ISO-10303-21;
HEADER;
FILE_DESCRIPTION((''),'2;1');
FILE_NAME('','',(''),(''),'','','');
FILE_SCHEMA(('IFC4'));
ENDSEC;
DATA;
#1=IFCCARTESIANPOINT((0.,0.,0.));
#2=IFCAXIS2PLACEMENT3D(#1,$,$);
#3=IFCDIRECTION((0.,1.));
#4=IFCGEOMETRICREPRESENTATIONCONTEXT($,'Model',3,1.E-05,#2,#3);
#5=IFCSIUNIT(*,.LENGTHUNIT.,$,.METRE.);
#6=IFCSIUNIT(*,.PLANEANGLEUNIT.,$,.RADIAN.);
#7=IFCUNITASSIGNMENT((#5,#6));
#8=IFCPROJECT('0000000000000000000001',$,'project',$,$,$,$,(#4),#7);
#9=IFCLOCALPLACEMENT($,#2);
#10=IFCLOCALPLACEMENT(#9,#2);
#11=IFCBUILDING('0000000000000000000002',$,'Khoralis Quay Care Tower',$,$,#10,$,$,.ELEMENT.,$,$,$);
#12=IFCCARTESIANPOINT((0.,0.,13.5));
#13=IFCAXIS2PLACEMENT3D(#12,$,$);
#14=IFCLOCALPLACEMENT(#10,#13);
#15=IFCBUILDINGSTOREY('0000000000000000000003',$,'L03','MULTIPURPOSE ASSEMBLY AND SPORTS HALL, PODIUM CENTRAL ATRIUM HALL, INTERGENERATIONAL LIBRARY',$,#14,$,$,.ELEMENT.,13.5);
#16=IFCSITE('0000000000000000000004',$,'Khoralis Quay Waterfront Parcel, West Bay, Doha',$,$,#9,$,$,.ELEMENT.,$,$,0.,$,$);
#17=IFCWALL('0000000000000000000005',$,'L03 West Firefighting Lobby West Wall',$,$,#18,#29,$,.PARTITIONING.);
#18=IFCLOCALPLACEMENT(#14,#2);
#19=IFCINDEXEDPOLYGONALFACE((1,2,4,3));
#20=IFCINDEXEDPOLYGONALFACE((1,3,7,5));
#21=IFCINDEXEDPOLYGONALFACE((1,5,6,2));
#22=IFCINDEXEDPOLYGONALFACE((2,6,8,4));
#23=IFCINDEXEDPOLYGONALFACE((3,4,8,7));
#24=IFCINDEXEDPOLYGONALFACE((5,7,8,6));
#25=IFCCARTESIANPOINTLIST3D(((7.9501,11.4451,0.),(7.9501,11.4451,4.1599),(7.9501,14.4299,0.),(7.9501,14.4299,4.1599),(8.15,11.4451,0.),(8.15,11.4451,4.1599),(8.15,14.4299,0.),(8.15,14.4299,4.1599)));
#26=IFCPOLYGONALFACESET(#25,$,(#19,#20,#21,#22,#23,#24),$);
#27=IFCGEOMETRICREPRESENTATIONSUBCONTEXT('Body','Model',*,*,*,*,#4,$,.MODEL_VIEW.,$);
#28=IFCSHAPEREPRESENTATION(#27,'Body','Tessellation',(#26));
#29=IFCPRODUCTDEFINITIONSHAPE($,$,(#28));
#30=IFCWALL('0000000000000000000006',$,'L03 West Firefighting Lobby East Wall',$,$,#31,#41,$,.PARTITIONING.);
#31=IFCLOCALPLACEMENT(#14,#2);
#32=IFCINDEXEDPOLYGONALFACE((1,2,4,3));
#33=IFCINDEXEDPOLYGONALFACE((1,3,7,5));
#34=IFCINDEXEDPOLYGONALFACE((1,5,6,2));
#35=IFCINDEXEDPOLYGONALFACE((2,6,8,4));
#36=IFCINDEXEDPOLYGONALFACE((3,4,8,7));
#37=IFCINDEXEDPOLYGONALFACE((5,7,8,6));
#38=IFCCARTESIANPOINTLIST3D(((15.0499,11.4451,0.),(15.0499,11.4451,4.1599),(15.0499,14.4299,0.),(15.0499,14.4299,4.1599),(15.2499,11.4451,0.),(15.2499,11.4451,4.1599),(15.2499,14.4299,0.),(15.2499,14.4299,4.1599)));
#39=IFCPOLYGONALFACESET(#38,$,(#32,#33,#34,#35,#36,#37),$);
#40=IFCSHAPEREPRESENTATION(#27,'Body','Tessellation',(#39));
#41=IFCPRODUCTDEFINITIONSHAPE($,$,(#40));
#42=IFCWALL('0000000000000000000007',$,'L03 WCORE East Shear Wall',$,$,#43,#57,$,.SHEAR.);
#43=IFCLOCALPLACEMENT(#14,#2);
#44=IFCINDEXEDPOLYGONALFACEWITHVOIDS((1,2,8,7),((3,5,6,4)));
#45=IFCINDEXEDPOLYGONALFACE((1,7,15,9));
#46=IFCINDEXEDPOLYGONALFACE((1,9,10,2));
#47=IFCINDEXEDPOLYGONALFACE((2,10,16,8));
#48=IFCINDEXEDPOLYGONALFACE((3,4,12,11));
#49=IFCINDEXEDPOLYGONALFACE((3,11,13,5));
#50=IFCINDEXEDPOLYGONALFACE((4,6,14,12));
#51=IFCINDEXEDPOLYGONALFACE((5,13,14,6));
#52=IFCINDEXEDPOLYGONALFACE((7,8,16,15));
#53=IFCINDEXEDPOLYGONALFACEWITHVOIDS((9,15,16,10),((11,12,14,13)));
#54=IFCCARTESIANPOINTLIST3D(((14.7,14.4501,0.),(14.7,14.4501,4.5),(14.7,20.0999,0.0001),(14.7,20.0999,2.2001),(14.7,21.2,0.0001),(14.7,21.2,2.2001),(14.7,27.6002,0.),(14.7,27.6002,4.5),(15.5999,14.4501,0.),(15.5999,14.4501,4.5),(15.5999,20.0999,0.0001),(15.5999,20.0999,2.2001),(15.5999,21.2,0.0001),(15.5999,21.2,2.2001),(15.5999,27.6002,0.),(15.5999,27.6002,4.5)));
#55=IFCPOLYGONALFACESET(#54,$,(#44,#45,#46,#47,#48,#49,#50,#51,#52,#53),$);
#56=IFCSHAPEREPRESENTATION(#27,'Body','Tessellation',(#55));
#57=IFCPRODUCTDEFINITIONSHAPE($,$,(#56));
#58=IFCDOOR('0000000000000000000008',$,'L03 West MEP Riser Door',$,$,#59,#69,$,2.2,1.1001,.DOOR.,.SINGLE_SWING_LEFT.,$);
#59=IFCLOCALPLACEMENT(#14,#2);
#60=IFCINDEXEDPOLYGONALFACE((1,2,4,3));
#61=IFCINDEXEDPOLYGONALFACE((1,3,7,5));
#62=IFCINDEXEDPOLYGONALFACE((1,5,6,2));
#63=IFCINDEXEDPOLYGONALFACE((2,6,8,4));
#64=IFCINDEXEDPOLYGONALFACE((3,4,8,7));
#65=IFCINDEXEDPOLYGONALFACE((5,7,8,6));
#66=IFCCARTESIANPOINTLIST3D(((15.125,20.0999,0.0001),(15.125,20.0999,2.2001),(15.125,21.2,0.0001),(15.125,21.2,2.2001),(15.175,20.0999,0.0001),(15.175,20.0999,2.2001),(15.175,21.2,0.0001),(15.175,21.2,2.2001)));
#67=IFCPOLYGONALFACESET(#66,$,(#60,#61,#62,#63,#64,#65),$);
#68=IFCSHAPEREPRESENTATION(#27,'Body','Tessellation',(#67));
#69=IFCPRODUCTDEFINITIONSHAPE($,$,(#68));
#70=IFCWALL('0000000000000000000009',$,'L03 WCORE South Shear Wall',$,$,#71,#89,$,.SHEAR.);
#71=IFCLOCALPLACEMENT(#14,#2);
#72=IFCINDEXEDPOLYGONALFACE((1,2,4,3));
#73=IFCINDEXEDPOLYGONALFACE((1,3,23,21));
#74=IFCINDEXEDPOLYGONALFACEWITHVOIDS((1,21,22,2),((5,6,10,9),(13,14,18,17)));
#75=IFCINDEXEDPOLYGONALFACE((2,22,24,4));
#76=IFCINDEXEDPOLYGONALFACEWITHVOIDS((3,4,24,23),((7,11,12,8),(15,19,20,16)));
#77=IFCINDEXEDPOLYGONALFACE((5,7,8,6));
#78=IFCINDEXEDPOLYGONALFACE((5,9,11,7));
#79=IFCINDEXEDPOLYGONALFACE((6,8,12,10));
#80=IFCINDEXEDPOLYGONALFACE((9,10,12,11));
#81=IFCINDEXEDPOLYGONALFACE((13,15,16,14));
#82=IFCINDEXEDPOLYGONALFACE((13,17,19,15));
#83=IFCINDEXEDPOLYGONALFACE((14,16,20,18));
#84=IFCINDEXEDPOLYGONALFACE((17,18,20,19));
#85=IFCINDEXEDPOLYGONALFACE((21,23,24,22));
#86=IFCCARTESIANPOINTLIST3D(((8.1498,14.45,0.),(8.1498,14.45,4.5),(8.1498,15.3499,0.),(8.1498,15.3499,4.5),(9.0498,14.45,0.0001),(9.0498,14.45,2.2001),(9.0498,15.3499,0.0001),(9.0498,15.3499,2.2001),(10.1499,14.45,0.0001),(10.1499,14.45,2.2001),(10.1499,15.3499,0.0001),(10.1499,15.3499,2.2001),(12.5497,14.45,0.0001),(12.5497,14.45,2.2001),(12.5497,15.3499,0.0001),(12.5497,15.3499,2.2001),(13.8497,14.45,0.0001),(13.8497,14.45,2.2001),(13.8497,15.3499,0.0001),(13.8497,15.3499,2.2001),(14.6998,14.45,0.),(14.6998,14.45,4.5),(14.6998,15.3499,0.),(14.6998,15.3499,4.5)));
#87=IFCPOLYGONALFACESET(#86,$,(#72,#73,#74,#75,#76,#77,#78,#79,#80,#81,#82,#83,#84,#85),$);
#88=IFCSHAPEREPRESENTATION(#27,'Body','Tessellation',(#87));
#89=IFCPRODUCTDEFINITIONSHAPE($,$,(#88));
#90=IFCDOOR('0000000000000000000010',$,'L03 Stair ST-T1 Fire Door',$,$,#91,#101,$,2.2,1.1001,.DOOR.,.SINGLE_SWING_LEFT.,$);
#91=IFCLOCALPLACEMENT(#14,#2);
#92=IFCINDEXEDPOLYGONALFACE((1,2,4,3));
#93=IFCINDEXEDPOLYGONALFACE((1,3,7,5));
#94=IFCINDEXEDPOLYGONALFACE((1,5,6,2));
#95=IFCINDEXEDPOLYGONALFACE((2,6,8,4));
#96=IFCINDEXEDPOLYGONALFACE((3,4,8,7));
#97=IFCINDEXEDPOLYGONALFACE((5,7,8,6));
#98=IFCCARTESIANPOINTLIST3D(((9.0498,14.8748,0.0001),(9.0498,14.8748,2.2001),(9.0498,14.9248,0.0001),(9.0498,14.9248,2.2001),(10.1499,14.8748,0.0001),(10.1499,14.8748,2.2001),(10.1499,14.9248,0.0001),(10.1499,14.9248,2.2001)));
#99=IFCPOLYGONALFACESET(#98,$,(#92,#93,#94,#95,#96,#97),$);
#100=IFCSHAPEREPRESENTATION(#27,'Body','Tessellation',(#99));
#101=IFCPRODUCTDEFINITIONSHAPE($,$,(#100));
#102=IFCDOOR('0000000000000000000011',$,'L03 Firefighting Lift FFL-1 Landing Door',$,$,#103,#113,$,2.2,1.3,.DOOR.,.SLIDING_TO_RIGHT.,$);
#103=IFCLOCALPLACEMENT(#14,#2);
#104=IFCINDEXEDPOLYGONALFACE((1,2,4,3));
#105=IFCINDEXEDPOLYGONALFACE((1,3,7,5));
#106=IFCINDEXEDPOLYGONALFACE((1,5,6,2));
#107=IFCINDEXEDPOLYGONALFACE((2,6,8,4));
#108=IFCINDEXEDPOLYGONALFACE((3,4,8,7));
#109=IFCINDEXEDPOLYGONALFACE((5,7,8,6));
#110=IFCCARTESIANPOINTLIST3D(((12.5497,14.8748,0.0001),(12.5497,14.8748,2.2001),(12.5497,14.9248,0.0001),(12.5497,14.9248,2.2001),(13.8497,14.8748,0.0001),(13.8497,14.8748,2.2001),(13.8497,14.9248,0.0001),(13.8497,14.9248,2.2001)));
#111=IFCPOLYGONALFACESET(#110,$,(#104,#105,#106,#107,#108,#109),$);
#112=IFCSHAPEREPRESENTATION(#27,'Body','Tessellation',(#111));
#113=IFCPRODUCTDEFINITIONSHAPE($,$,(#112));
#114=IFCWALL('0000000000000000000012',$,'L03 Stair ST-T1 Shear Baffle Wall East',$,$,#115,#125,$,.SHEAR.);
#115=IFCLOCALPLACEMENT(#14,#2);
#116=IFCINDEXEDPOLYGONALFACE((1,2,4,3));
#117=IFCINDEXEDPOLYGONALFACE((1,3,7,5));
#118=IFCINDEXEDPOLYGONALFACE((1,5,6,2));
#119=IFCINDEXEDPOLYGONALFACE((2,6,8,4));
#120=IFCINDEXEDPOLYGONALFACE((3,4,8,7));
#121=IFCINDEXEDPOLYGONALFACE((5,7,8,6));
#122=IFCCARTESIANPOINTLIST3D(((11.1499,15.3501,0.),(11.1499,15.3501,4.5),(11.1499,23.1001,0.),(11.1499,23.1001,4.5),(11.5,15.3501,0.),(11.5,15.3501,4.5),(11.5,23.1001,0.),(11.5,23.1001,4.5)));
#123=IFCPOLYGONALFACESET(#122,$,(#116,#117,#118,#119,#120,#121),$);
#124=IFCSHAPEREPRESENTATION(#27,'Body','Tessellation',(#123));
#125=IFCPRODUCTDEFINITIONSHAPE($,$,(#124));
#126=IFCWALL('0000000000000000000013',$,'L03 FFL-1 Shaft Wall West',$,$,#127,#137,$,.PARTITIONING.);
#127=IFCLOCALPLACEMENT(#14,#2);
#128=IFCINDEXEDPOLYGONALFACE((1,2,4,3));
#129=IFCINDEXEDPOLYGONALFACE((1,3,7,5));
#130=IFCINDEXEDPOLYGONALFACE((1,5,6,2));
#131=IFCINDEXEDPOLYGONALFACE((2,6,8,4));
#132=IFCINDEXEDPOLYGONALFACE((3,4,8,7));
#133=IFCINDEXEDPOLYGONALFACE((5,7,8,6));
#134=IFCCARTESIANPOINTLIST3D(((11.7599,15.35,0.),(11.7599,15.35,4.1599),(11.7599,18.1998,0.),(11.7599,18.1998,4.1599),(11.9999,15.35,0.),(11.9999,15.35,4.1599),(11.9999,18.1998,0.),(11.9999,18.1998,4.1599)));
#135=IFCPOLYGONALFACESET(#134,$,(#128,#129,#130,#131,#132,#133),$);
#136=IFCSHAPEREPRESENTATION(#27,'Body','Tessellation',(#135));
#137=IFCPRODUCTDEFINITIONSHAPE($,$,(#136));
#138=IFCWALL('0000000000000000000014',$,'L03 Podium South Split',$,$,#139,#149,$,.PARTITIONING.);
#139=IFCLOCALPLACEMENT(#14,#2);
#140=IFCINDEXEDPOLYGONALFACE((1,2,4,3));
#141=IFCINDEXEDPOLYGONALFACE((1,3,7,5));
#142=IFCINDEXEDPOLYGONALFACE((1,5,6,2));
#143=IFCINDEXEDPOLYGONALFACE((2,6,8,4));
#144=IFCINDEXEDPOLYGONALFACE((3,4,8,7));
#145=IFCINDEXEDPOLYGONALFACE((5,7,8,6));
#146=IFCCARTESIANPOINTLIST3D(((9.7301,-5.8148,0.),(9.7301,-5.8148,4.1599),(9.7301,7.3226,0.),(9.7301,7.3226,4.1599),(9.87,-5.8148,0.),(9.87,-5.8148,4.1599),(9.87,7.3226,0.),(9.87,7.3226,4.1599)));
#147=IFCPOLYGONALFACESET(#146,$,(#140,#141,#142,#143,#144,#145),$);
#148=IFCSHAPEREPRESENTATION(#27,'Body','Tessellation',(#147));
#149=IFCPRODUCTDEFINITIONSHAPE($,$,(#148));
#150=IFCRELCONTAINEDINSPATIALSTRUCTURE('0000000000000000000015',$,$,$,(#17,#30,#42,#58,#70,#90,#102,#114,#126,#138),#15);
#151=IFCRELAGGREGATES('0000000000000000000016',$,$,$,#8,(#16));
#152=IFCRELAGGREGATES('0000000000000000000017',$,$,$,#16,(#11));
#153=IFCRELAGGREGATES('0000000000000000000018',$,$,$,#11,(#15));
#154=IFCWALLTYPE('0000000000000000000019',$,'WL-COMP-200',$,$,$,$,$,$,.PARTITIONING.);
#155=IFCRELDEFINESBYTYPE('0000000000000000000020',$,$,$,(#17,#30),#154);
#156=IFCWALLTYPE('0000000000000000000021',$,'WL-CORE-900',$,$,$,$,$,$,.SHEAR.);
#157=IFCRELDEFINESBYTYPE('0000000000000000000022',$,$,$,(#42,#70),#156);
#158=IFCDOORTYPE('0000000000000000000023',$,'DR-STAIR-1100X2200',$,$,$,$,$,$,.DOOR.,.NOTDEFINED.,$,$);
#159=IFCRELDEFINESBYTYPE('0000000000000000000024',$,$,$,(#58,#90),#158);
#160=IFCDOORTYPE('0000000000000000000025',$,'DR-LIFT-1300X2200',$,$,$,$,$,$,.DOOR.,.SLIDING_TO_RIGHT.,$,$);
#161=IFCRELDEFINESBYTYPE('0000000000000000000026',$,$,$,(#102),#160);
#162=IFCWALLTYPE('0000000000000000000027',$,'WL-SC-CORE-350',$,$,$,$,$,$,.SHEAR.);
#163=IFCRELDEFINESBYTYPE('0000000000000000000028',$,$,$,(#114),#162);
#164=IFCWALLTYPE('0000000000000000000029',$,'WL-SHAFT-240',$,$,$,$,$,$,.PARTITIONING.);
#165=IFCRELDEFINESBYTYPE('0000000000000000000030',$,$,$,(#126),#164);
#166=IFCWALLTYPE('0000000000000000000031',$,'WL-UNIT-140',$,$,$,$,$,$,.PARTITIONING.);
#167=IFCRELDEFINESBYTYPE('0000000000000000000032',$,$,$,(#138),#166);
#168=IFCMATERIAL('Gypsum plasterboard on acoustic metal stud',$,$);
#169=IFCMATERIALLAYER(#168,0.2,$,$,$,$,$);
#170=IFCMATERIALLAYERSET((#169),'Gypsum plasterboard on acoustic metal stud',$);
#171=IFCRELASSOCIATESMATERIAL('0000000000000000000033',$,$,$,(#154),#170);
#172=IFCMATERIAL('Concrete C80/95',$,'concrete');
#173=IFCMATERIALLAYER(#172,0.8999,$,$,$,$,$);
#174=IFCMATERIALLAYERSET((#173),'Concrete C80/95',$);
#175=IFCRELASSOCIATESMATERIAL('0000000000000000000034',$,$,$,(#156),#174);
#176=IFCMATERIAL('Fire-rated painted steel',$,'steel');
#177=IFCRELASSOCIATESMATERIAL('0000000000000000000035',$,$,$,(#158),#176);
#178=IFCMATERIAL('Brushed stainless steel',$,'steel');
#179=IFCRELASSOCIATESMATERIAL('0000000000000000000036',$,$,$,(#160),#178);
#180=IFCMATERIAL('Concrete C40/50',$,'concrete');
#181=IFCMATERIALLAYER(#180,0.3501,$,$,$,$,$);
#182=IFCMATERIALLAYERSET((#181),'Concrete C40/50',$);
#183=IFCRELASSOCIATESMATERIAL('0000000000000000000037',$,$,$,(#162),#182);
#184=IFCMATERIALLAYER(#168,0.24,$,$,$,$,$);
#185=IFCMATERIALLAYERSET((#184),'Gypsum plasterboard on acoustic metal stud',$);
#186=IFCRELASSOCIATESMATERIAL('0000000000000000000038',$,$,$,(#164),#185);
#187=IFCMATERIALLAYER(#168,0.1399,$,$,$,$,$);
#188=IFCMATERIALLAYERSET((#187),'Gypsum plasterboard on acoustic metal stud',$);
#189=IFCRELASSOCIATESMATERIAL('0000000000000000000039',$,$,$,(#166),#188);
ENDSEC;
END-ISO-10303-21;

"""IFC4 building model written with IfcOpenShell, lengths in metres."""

from ifc_helpers import new_model, si_unit, direction, frame, frame_2d, origin, place, context, subcontext, project, spatial, rectangle, extrude, source, transform, mapped, material, layer, layer_set, type_object, element, fill, save


model = new_model("IFC4")

# Units and contexts
model_context = context("Model", 3, precision=1e-05, world=origin(), true_north=direction((0.0, 1.0)))
body_context = subcontext(model_context, "Body", "Model", "MODEL_VIEW")
ifc_project = project(units=[si_unit("LENGTHUNIT", "METRE"), si_unit("PLANEANGLEUNIT", "RADIAN")], contexts=[model_context])

# Site, building, storey
site_placement = place(None, origin())
site = spatial("IfcSite", under=ifc_project, at=site_placement, Name="Khoralis Quay Waterfront Parcel, West Bay, Doha", CompositionType="ELEMENT", RefElevation=0.0)
building_placement = place(site_placement, origin())
building = spatial("IfcBuilding", under=site, at=building_placement, Name="Khoralis Quay Care Tower", CompositionType="ELEMENT")
storey_placement = place(building_placement, frame((0.0, 0.0, 13.5)))
storey = spatial("IfcBuildingStorey", under=building, at=storey_placement, Name="L03", Description="MULTIPURPOSE ASSEMBLY AND SPORTS HALL, PODIUM CENTRAL ATRIUM HALL, INTERGENERATIONAL LIBRARY", CompositionType="ELEMENT", Elevation=13.5)

# Shared definitions
ifc_material_1 = material(Name="Concrete C80/95", Category="concrete")

# Shared definitions
ifc_material_2 = material(Name="Gypsum plasterboard on acoustic metal stud")
ifc_layer_1 = layer(ifc_material_2, 0.2)
ifc_layer_set_1 = layer_set([ifc_layer_1], Name="Gypsum plasterboard on acoustic metal stud")
wall_type_1 = type_object("IfcWallType", Name="WL-COMP-200", PredefinedType="PARTITIONING", material=ifc_layer_set_1)
ifc_material_3 = material(Name="Fire-rated painted steel", Category="steel")

# Walls
for number, where, z_axis, x_axis, name in (
    (1, (8.05, 11.4451, 0.0), (0.0, 0.0, 1.0), (0.0, 1.0, 0.0), "L03 West Firefighting Lobby West Wall"),
    (2, (15.1499, 11.4451, 0.0), (0.0, 0.0, 1.0), (0.0, 1.0, 0.0), "L03 West Firefighting Lobby East Wall"),
):
    element("IfcWall", number, at=place(storey_placement, frame(where, z_axis=z_axis, x_axis=x_axis)), inside=storey, type_object=wall_type_1, Name=name, PredefinedType="PARTITIONING", context=body_context, shape_type="SweptSolid", body=[
        extrude(rectangle(XDim=2.9849, YDim=0.2, at=frame_2d((1.4924, 0.0))), origin(), (0.0, 0.0, 1.0), 4.1599),
    ])

# Wall, opening, door
ifc_layer_2 = layer(ifc_material_1, 0.8999)
ifc_layer_set_2 = layer_set([ifc_layer_2], Name="Concrete C80/95")
wall_type_2 = type_object("IfcWallType", Name="WL-CORE-900", PredefinedType="SHEAR", material=ifc_layer_set_2)
wall_1_placement = place(storey_placement, frame((15.1499, 14.45, 0.0), z_axis=(0.0, 0.0, 1.0), x_axis=(0.0, 1.0, 0.0)))
wall_1 = element("IfcWall", 3, at=wall_1_placement, inside=storey, type_object=wall_type_2, Name="L03 WCORE East Shear Wall", PredefinedType="SHEAR", context=body_context, shape_type="SweptSolid", body=[
    extrude(rectangle(XDim=13.1501, YDim=0.8999, at=frame_2d((6.5752, 0.0))), origin(), (0.0, 0.0, 1.0), 4.5),
])
opening_1_placement = place(wall_1_placement, frame((5.6499, 0.0, 0.0)))
opening_1 = element("IfcOpeningElement", 4, at=opening_1_placement, cuts=wall_1, PredefinedType="OPENING", context=body_context, shape_type="SweptSolid", body=[
    extrude(rectangle(XDim=1.1001, YDim=2.2, at=frame_2d((0.55, 1.1001))), frame((0.0, 0.46, 0.0), z_axis=(0.0, -1.0, 0.0), x_axis=(1.0, 0.0, 0.0)), (0.0, 0.0, 1.0), 0.9199),
])
door_type_1 = type_object("IfcDoorType", Name="DR-STAIR-1100X2200", OperationType="NOTDEFINED", PredefinedType="DOOR", material=ifc_material_3)
shared_shape_1 = source(origin(), body_context, "Body", "SweptSolid", [
    extrude(rectangle(XDim=1.1001, YDim=2.2, at=frame_2d((0.55, 1.1001))), frame((0.0, 0.0249, 0.0), z_axis=(0.0, -1.0, 0.0), x_axis=(1.0, 0.0, 0.0)), (0.0, 0.0, 1.0), 0.05),
])
door_1_placement = place(opening_1_placement, origin())
door_1 = element("IfcDoor", 5, at=door_1_placement, inside=storey, type_object=door_type_1, Name="L03 West MEP Riser Door", OperationType="SINGLE_SWING_LEFT", OverallHeight=2.2, OverallWidth=1.1001, PredefinedType="DOOR", context=body_context, shape_type="MappedRepresentation", body=[
    mapped(shared_shape_1, transform((0.0, 0.0, 0.0), scale=1.0)),
])
fill(opening_1, door_1)

# Wall, openings, doors
wall_2_placement = place(storey_placement, frame((8.1499, 14.8999, 0.0), z_axis=(0.0, 0.0, 1.0), x_axis=(1.0, 0.0, 0.0)))
wall_2 = element("IfcWall", 6, at=wall_2_placement, inside=storey, type_object=wall_type_2, Name="L03 WCORE South Shear Wall", PredefinedType="SHEAR", context=body_context, shape_type="SweptSolid", body=[
    extrude(rectangle(XDim=6.55, YDim=0.8999, at=frame_2d((3.2749, 0.0))), origin(), (0.0, 0.0, 1.0), 4.5),
])
opening_2_placement = place(wall_2_placement, frame((0.8999, 0.0, 0.0)))
opening_2 = element("IfcOpeningElement", 7, at=opening_2_placement, cuts=wall_2, PredefinedType="OPENING", context=body_context, shape_type="SweptSolid", body=[
    extrude(rectangle(XDim=1.1001, YDim=2.2, at=frame_2d((0.55, 1.1001))), frame((0.0, 0.46, 0.0), z_axis=(0.0, -1.0, 0.0), x_axis=(1.0, 0.0, 0.0)), (0.0, 0.0, 1.0), 0.9199),
])
opening_3_placement = place(wall_2_placement, frame((4.3999, 0.0, 0.0)))
opening_3 = element("IfcOpeningElement", 8, at=opening_3_placement, cuts=wall_2, PredefinedType="OPENING", context=body_context, shape_type="SweptSolid", body=[
    extrude(rectangle(XDim=1.3, YDim=2.2, at=frame_2d((0.6499, 1.1001))), frame((0.0, 0.46, 0.0), z_axis=(0.0, -1.0, 0.0), x_axis=(1.0, 0.0, 0.0)), (0.0, 0.0, 1.0), 0.9199),
])
door_2_placement = place(opening_2_placement, origin())
door_2 = element("IfcDoor", 9, at=door_2_placement, inside=storey, type_object=door_type_1, Name="L03 Stair ST-T1 Fire Door", OperationType="SINGLE_SWING_LEFT", OverallHeight=2.2, OverallWidth=1.1001, PredefinedType="DOOR", context=body_context, shape_type="MappedRepresentation", body=[
    mapped(shared_shape_1, transform((0.0, 0.0, 0.0), scale=1.0)),
])
fill(opening_2, door_2)
ifc_material_4 = material(Name="Brushed stainless steel", Category="steel")
door_type_2 = type_object("IfcDoorType", Name="DR-LIFT-1300X2200", OperationType="SLIDING_TO_RIGHT", PredefinedType="DOOR", material=ifc_material_4)
shared_shape_2 = source(origin(), body_context, "Body", "SweptSolid", [
    extrude(rectangle(XDim=1.3, YDim=2.2, at=frame_2d((0.6499, 1.1001))), frame((0.0, 0.0249, 0.0), z_axis=(0.0, -1.0, 0.0), x_axis=(1.0, 0.0, 0.0)), (0.0, 0.0, 1.0), 0.05),
])
door_3_placement = place(opening_3_placement, origin())
door_3 = element("IfcDoor", 10, at=door_3_placement, inside=storey, type_object=door_type_2, Name="L03 Firefighting Lift FFL-1 Landing Door", OperationType="SLIDING_TO_RIGHT", OverallHeight=2.2, OverallWidth=1.3, PredefinedType="DOOR", context=body_context, shape_type="MappedRepresentation", body=[
    mapped(shared_shape_2, transform((0.0, 0.0, 0.0), scale=1.0)),
])
fill(opening_3, door_3)

# Walls
ifc_material_5 = material(Name="Concrete C40/50", Category="concrete")
ifc_layer_3 = layer(ifc_material_5, 0.3501)
ifc_layer_set_3 = layer_set([ifc_layer_3], Name="Concrete C40/50")
wall_type_3 = type_object("IfcWallType", Name="WL-SC-CORE-350", PredefinedType="SHEAR", material=ifc_layer_set_3)
wall_3_placement = place(storey_placement, frame((11.325, 15.3501, 0.0), z_axis=(0.0, 0.0, 1.0), x_axis=(0.0, 1.0, 0.0)))
element("IfcWall", 11, at=wall_3_placement, inside=storey, type_object=wall_type_3, Name="L03 Stair ST-T1 Shear Baffle Wall East", PredefinedType="SHEAR", context=body_context, shape_type="SweptSolid", body=[
    extrude(rectangle(XDim=7.75, YDim=0.3501, at=frame_2d((3.875, 0.0))), origin(), (0.0, 0.0, 1.0), 4.5),
])
ifc_layer_4 = layer(ifc_material_2, 0.24)
ifc_layer_set_4 = layer_set([ifc_layer_4], Name="Gypsum plasterboard on acoustic metal stud")
wall_type_4 = type_object("IfcWallType", Name="WL-SHAFT-240", PredefinedType="PARTITIONING", material=ifc_layer_set_4)
wall_4_placement = place(storey_placement, frame((11.8799, 15.3501, 0.0), z_axis=(0.0, 0.0, 1.0), x_axis=(0.0, 1.0, 0.0)))
element("IfcWall", 12, at=wall_4_placement, inside=storey, type_object=wall_type_4, Name="L03 FFL-1 Shaft Wall West", PredefinedType="PARTITIONING", context=body_context, shape_type="SweptSolid", body=[
    extrude(rectangle(XDim=2.8499, YDim=0.24, at=frame_2d((1.4248, 0.0))), origin(), (0.0, 0.0, 1.0), 4.1599),
])
ifc_layer_5 = layer(ifc_material_2, 0.1399)
ifc_layer_set_5 = layer_set([ifc_layer_5], Name="Gypsum plasterboard on acoustic metal stud")
wall_type_5 = type_object("IfcWallType", Name="WL-UNIT-140", PredefinedType="PARTITIONING", material=ifc_layer_set_5)
wall_5_placement = place(storey_placement, frame((9.8, -5.8149, 0.0), z_axis=(0.0, 0.0, 1.0), x_axis=(0.0, 1.0, 0.0)))
element("IfcWall", 13, at=wall_5_placement, inside=storey, type_object=wall_type_5, Name="L03 Podium South Split", PredefinedType="PARTITIONING", context=body_context, shape_type="SweptSolid", body=[
    extrude(rectangle(XDim=13.1375, YDim=0.1399, at=frame_2d((6.5688, 0.0))), origin(), (0.0, 0.0, 1.0), 4.1599),
])

save(model, "model.ifc")
